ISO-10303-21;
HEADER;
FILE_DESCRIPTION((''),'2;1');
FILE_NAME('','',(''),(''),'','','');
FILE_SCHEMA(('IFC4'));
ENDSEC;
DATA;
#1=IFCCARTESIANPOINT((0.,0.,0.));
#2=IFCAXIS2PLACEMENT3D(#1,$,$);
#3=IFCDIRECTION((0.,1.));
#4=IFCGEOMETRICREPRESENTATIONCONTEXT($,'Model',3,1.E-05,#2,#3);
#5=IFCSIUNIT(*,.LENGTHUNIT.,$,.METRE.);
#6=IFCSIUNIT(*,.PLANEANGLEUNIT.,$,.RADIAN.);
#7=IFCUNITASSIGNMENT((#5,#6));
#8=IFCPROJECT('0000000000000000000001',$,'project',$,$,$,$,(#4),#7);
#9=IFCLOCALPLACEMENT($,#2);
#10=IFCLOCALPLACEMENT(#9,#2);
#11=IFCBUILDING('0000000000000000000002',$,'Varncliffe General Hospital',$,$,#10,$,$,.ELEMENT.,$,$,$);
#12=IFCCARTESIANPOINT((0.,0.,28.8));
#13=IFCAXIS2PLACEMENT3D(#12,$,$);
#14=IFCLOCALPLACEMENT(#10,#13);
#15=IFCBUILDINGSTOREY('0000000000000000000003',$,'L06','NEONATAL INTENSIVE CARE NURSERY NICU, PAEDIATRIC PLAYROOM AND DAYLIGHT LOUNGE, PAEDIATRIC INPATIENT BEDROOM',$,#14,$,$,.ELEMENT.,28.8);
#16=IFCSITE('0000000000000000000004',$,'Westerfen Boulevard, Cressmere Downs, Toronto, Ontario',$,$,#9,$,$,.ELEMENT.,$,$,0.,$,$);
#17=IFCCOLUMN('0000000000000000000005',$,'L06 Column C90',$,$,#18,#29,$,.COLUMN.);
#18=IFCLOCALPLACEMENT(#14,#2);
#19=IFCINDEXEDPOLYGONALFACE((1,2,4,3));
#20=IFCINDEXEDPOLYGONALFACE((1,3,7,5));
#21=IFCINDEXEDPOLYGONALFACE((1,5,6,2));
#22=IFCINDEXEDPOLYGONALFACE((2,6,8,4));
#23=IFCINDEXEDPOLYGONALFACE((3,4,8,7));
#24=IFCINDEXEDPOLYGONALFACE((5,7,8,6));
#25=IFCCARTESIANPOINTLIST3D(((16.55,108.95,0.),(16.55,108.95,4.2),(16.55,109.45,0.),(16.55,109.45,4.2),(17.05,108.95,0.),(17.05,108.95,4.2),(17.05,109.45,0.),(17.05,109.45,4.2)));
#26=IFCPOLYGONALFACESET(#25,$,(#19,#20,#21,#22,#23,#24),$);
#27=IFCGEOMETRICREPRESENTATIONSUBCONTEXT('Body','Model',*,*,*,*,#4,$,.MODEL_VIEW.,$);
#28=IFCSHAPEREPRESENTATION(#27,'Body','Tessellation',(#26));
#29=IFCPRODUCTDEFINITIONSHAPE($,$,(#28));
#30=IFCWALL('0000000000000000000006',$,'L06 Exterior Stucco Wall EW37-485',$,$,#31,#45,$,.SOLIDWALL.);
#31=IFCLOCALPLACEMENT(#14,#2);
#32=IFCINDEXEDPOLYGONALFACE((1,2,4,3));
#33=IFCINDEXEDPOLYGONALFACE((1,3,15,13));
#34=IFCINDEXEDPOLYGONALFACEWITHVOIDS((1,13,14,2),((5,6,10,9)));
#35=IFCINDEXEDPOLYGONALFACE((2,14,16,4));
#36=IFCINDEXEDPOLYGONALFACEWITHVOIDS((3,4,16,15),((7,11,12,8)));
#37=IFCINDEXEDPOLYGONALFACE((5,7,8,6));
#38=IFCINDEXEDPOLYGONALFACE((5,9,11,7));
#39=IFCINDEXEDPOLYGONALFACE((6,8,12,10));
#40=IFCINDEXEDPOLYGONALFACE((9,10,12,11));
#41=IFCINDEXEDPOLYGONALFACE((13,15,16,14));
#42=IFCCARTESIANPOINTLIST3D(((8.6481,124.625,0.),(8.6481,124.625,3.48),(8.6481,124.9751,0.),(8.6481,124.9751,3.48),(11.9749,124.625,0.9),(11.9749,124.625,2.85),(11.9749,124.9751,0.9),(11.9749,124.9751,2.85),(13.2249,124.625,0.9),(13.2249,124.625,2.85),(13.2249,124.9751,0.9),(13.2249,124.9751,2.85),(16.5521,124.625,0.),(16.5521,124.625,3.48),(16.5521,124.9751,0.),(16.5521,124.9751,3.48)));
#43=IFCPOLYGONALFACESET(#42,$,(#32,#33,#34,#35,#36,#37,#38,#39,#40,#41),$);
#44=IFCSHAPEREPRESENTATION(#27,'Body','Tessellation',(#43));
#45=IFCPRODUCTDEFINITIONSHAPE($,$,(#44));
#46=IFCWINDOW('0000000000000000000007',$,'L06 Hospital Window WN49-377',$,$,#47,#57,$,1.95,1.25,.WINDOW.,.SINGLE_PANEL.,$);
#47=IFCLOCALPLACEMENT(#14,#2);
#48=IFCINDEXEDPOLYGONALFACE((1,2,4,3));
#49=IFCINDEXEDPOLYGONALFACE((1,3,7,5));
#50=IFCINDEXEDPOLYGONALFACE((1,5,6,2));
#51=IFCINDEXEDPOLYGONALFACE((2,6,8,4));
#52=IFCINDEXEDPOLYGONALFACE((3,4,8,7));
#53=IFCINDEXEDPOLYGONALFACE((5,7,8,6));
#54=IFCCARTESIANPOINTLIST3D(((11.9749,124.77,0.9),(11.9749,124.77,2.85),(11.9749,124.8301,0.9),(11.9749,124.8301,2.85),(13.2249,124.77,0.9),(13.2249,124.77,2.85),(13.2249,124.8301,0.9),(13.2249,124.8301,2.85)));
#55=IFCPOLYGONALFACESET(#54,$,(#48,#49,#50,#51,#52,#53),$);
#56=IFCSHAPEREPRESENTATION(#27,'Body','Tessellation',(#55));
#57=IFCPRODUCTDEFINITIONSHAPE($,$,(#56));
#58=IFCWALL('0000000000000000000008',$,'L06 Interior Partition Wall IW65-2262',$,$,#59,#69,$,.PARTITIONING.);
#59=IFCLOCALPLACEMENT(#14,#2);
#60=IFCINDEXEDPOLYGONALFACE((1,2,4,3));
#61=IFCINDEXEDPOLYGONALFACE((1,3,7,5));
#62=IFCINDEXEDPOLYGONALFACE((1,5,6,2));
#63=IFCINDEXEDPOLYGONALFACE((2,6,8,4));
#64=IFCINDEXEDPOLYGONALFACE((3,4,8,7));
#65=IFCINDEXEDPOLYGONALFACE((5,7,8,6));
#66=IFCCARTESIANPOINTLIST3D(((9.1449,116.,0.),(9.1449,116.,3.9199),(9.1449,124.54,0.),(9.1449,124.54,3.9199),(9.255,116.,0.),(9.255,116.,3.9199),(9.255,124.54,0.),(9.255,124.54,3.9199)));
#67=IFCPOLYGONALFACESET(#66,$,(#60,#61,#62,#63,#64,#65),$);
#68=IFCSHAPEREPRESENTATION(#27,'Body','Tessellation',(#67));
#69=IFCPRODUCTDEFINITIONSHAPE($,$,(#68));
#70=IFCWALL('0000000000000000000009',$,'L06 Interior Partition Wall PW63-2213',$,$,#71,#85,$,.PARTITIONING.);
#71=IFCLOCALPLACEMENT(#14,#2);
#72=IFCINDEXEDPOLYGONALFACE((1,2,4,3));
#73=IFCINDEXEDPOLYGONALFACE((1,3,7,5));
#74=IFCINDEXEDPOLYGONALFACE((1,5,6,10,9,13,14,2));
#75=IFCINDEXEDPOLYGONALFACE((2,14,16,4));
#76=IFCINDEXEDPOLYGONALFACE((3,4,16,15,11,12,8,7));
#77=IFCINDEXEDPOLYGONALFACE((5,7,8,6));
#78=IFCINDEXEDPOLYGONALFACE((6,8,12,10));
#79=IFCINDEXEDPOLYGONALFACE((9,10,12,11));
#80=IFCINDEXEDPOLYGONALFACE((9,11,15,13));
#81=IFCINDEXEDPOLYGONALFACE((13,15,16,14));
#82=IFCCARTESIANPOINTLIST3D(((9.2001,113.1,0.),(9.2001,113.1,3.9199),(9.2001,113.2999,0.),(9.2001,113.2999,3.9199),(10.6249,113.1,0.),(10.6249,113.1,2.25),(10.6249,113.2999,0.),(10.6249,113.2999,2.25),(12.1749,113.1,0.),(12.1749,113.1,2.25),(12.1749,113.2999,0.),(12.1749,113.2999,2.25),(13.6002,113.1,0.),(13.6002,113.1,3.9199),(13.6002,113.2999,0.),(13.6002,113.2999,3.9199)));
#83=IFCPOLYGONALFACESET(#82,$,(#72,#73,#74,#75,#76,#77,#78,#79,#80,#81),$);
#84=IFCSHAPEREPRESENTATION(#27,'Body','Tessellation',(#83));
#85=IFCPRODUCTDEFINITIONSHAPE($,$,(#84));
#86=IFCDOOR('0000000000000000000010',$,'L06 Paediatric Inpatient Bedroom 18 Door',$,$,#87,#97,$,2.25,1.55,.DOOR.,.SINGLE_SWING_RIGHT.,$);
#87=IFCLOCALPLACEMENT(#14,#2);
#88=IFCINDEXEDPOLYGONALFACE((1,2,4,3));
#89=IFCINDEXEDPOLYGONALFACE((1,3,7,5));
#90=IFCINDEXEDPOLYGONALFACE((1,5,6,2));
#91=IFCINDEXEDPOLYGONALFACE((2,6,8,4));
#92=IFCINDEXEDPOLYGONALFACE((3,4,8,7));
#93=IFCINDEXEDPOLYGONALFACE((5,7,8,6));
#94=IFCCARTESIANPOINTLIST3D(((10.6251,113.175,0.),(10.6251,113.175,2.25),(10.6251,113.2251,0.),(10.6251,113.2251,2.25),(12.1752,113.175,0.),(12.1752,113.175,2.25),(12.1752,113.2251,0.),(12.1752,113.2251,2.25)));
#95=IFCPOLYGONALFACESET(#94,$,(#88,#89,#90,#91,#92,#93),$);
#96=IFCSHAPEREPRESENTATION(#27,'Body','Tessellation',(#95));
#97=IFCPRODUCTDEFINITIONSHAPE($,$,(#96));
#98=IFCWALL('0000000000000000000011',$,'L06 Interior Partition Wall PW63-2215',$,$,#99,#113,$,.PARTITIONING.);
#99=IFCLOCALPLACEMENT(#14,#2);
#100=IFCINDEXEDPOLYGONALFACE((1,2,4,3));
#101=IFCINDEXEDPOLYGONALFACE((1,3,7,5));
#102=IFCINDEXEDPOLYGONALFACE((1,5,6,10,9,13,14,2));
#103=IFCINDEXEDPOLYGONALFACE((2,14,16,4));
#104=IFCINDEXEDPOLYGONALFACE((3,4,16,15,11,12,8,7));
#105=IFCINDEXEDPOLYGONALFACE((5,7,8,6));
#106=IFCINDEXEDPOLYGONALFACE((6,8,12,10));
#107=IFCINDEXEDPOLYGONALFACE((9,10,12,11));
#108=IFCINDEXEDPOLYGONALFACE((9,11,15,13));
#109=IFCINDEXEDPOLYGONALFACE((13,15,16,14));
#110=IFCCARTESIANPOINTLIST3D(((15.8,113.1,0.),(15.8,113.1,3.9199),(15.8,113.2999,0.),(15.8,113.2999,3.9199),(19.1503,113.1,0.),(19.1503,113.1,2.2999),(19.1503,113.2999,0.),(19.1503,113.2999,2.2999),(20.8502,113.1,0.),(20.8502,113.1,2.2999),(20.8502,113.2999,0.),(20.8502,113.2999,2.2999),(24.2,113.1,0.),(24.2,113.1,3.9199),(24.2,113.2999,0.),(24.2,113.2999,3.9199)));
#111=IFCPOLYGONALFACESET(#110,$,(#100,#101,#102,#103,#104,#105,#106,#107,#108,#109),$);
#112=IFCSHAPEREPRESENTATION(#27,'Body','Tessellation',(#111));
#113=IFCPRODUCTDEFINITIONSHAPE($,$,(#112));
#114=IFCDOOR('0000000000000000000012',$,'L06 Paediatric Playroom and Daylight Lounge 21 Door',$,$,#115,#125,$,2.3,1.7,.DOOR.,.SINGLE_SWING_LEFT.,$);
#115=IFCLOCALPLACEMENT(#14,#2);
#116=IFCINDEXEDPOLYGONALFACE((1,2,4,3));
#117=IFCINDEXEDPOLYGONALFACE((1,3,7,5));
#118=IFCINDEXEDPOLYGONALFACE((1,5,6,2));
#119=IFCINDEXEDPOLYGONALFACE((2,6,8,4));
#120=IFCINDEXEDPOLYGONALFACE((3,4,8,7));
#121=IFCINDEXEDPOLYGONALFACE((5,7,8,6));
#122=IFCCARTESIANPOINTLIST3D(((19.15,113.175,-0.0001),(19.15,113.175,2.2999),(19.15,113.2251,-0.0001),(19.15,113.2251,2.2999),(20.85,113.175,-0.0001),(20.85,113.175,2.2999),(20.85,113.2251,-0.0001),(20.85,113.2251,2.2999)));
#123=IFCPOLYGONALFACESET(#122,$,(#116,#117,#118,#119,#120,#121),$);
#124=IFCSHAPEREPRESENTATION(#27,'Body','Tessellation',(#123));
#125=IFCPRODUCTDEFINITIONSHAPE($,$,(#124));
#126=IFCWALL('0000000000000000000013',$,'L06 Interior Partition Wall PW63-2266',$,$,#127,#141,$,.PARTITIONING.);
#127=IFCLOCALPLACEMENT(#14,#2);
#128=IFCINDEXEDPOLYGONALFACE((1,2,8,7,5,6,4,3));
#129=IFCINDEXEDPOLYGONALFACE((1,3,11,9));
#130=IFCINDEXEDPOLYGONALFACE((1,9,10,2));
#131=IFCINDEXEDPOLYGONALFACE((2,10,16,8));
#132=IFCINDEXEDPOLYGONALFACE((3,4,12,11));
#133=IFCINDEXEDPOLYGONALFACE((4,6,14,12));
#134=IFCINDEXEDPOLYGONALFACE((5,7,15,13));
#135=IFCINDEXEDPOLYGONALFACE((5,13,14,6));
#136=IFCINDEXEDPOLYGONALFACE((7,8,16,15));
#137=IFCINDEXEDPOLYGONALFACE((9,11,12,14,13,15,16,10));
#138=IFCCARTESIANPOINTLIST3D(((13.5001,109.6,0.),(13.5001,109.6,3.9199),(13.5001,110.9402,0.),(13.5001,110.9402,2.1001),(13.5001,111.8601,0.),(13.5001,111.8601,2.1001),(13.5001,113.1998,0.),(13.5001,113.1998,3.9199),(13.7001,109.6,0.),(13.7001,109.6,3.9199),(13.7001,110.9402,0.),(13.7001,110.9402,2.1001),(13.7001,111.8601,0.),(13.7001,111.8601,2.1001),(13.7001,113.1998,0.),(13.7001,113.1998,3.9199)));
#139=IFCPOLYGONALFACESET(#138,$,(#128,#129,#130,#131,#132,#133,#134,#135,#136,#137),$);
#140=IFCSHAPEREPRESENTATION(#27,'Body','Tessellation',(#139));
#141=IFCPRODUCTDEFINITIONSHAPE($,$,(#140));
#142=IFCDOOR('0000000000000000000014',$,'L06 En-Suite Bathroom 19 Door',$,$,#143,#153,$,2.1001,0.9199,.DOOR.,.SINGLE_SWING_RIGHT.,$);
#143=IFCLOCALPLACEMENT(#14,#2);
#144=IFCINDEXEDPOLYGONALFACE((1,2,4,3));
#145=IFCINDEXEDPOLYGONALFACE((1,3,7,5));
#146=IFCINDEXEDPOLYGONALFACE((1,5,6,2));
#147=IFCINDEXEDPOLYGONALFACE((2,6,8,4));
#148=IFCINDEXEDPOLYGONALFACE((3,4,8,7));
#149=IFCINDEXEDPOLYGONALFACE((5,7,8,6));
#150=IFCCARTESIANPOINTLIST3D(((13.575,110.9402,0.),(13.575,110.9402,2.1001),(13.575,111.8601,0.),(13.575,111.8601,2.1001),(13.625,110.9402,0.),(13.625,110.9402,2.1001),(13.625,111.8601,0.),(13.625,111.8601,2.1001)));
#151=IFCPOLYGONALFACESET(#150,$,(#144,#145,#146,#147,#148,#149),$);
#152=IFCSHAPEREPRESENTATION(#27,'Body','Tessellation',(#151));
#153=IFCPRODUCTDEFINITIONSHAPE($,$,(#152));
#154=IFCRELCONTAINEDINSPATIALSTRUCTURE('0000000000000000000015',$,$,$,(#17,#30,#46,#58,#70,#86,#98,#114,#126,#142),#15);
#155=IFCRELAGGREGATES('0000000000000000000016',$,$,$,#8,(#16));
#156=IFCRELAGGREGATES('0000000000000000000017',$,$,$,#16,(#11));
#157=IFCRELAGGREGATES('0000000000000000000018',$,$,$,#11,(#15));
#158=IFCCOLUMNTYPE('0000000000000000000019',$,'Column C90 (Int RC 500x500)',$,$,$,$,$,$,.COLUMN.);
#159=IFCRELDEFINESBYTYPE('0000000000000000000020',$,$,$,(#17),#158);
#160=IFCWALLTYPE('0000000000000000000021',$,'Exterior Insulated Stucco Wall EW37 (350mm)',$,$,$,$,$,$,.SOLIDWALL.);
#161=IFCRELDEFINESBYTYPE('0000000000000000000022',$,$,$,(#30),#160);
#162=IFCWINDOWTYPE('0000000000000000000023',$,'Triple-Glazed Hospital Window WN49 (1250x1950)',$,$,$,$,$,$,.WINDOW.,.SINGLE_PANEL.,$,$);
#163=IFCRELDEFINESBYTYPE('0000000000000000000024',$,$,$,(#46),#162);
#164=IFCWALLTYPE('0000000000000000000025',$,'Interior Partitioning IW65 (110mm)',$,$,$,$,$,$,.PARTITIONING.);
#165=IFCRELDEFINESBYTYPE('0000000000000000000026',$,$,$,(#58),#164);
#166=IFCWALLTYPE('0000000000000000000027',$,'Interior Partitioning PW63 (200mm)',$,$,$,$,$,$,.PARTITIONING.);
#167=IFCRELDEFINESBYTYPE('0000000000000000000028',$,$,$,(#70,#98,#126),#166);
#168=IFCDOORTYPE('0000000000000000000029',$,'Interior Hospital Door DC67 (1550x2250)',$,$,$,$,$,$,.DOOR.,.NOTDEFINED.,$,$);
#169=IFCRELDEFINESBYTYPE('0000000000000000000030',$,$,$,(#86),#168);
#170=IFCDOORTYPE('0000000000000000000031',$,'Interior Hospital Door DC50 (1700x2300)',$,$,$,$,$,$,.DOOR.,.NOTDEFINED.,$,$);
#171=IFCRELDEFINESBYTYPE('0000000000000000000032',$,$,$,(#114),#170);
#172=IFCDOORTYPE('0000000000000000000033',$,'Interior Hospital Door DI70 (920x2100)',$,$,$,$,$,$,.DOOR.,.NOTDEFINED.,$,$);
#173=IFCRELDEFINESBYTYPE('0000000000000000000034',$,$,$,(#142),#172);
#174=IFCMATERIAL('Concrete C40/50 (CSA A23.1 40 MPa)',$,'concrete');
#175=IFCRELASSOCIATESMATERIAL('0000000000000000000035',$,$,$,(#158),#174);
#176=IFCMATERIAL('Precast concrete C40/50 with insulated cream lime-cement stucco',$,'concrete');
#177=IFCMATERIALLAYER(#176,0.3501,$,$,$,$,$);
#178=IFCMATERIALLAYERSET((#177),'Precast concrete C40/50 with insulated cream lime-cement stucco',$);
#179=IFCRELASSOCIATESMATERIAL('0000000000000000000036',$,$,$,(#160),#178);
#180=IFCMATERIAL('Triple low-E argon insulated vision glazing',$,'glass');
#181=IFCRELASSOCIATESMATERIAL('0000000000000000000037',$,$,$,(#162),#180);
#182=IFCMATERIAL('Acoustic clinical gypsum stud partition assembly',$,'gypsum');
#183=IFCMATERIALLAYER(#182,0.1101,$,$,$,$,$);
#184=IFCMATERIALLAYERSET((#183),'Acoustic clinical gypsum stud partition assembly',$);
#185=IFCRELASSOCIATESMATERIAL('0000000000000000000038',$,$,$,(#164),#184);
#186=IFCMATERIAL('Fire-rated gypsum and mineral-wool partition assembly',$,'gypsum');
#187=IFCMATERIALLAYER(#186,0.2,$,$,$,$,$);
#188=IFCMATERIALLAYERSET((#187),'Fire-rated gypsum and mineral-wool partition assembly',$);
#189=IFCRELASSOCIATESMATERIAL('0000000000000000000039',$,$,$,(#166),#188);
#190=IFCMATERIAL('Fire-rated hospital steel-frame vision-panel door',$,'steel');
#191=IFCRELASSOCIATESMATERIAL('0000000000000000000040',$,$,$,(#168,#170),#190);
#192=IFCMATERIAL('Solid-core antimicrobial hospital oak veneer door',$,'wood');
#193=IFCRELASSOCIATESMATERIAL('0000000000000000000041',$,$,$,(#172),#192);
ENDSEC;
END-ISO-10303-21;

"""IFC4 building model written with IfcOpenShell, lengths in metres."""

from ifc_helpers import new_model, si_unit, direction, frame, frame_2d, origin, origin_2d, place, context, subcontext, project, spatial, rectangle, extrude, material, layer, layer_set, material_profile, profile_set, type_object, element, fill, save


model = new_model("IFC4")

# Units and contexts
model_context = context("Model", 3, precision=1e-05, world=origin(), true_north=direction((0.0, 1.0)))
body_context = subcontext(model_context, "Body", "Model", "MODEL_VIEW")
ifc_project = project(units=[si_unit("LENGTHUNIT", "METRE"), si_unit("PLANEANGLEUNIT", "RADIAN")], contexts=[model_context])

# Site, building, storey
site_placement = place(None, origin())
site = spatial("IfcSite", under=ifc_project, at=site_placement, Name="Westerfen Boulevard, Cressmere Downs, Toronto, Ontario", CompositionType="ELEMENT", RefElevation=0.0)
building_placement = place(site_placement, origin())
building = spatial("IfcBuilding", under=site, at=building_placement, Name="Varncliffe General Hospital", CompositionType="ELEMENT")
storey_placement = place(building_placement, frame((0.0, 0.0, 28.8)))
storey = spatial("IfcBuildingStorey", under=building, at=storey_placement, Name="L06", Description="NEONATAL INTENSIVE CARE NURSERY NICU, PAEDIATRIC PLAYROOM AND DAYLIGHT LOUNGE, PAEDIATRIC INPATIENT BEDROOM", CompositionType="ELEMENT", Elevation=28.8)

# Column
ifc_material_1 = material(Name="Concrete C40/50 (CSA A23.1 40 MPa)", Category="concrete")
ifc_material_profile = material_profile(ifc_material_1, rectangle(XDim=0.5, YDim=0.5, at=origin_2d()), Name="RC 500x500")
ifc_profile_set = profile_set([ifc_material_profile], Name="Concrete C40/50 (CSA A23.1 40 MPa)")
column_type = type_object("IfcColumnType", Name="Column C90 (Int RC 500x500)", PredefinedType="COLUMN", material=ifc_profile_set)
column_placement = place(storey_placement, frame((16.8, 109.2, 0.0), z_axis=(0.0, 0.0, 1.0), x_axis=(1.0, 0.0, 0.0)))
element("IfcColumn", 1, at=column_placement, inside=storey, type_object=column_type, Name="L06 Column C90", PredefinedType="COLUMN", context=body_context, shape_type="SweptSolid", body=[
    extrude(rectangle(XDim=0.5, YDim=0.5, at=origin_2d()), origin(), (0.0, 0.0, 1.0), 4.2),
])

# Wall, opening, window
ifc_material_2 = material(Name="Precast concrete C40/50 with insulated cream lime-cement stucco", Category="concrete")
ifc_layer_1 = layer(ifc_material_2, 0.3501)
ifc_layer_set_1 = layer_set([ifc_layer_1], Name="Precast concrete C40/50 with insulated cream lime-cement stucco")
wall_type_1 = type_object("IfcWallType", Name="Exterior Insulated Stucco Wall EW37 (350mm)", PredefinedType="SOLIDWALL", material=ifc_layer_set_1)
wall_1_placement = place(storey_placement, frame((8.6479, 124.8, 0.0), z_axis=(0.0, 0.0, 1.0), x_axis=(1.0, 0.0, 0.0)))
wall_1 = element("IfcWall", 2, at=wall_1_placement, inside=storey, type_object=wall_type_1, Name="L06 Exterior Stucco Wall EW37-485", PredefinedType="SOLIDWALL", context=body_context, shape_type="SweptSolid", body=[
    extrude(rectangle(XDim=7.9041, YDim=0.3501, at=frame_2d((3.9521, 0.0))), origin(), (0.0, 0.0, 1.0), 3.48),
])
opening_1_placement = place(wall_1_placement, frame((3.3269, 0.0, 0.8999)))
opening_1 = element("IfcOpeningElement", 3, at=opening_1_placement, cuts=wall_1, PredefinedType="OPENING", context=body_context, shape_type="SweptSolid", body=[
    extrude(rectangle(XDim=1.25, YDim=1.95, at=frame_2d((0.625, 0.9751))), frame((0.0, 0.1851, 0.0), z_axis=(0.0, -1.0, 0.0), x_axis=(1.0, 0.0, 0.0)), (0.0, 0.0, 1.0), 0.3701),
])
ifc_material_3 = material(Name="Triple low-E argon insulated vision glazing", Category="glass")
window_type = type_object("IfcWindowType", Name="Triple-Glazed Hospital Window WN49 (1250x1950)", PartitioningType="SINGLE_PANEL", PredefinedType="WINDOW", material=ifc_material_3)
window_placement = place(opening_1_placement, origin())
window = element("IfcWindow", 4, at=window_placement, inside=storey, type_object=window_type, Name="L06 Hospital Window WN49-377", OverallHeight=1.95, OverallWidth=1.25, PartitioningType="SINGLE_PANEL", PredefinedType="WINDOW", context=body_context, shape_type="SweptSolid", body=[
    extrude(rectangle(XDim=1.25, YDim=1.95, at=frame_2d((0.625, 0.9751))), frame((0.0, 0.03, 0.0), z_axis=(0.0, -1.0, 0.0), x_axis=(1.0, 0.0, 0.0)), (0.0, 0.0, 1.0), 0.0601),
])
fill(opening_1, window)

# Wall
ifc_material_4 = material(Name="Acoustic clinical gypsum stud partition assembly", Category="gypsum")
ifc_layer_2 = layer(ifc_material_4, 0.1101)
ifc_layer_set_2 = layer_set([ifc_layer_2], Name="Acoustic clinical gypsum stud partition assembly")
wall_type_2 = type_object("IfcWallType", Name="Interior Partitioning IW65 (110mm)", PredefinedType="PARTITIONING", material=ifc_layer_set_2)
wall_2_placement = place(storey_placement, frame((9.2, 116.0, 0.0), z_axis=(0.0, 0.0, 1.0), x_axis=(0.0, 1.0, 0.0)))
element("IfcWall", 5, at=wall_2_placement, inside=storey, type_object=wall_type_2, Name="L06 Interior Partition Wall IW65-2262", PredefinedType="PARTITIONING", context=body_context, shape_type="SweptSolid", body=[
    extrude(rectangle(XDim=8.54, YDim=0.1101, at=frame_2d((4.27, 0.0))), origin(), (0.0, 0.0, 1.0), 3.9199),
])

# Walls, openings, doors
ifc_material_5 = material(Name="Fire-rated gypsum and mineral-wool partition assembly", Category="gypsum")
ifc_layer_3 = layer(ifc_material_5, 0.2)
ifc_layer_set_3 = layer_set([ifc_layer_3], Name="Fire-rated gypsum and mineral-wool partition assembly")
wall_type_3 = type_object("IfcWallType", Name="Interior Partitioning PW63 (200mm)", PredefinedType="PARTITIONING", material=ifc_layer_set_3)
wall_3_placement = place(storey_placement, frame((9.2, 113.2, 0.0), z_axis=(0.0, 0.0, 1.0), x_axis=(1.0, 0.0, 0.0)))
wall_3 = element("IfcWall", 6, at=wall_3_placement, inside=storey, type_object=wall_type_3, Name="L06 Interior Partition Wall PW63-2213", PredefinedType="PARTITIONING", context=body_context, shape_type="SweptSolid", body=[
    extrude(rectangle(XDim=4.4001, YDim=0.2, at=frame_2d((2.2002, 0.0))), origin(), (0.0, 0.0, 1.0), 3.9199),
])
opening_2_placement = place(wall_3_placement, frame((1.425, 0.0, 0.0)))
opening_2 = element("IfcOpeningElement", 7, at=opening_2_placement, cuts=wall_3, PredefinedType="OPENING", context=body_context, shape_type="SweptSolid", body=[
    extrude(rectangle(XDim=1.55, YDim=2.25, at=frame_2d((0.7749, 1.125))), frame((0.0, 0.1099, 0.0), z_axis=(0.0, -1.0, 0.0), x_axis=(1.0, 0.0, 0.0)), (0.0, 0.0, 1.0), 0.22),
])
ifc_material_6 = material(Name="Fire-rated hospital steel-frame vision-panel door", Category="steel")
door_type_1 = type_object("IfcDoorType", Name="Interior Hospital Door DC67 (1550x2250)", OperationType="NOTDEFINED", PredefinedType="DOOR", material=ifc_material_6)
door_1_placement = place(opening_2_placement, frame((1.55, 0.0, 0.0), z_axis=(0.0, 0.0, 1.0), x_axis=(-1.0, 0.0, 0.0)))
door_1 = element("IfcDoor", 8, at=door_1_placement, inside=storey, type_object=door_type_1, Name="L06 Paediatric Inpatient Bedroom 18 Door", OperationType="SINGLE_SWING_RIGHT", OverallHeight=2.25, OverallWidth=1.55, PredefinedType="DOOR", context=body_context, shape_type="SweptSolid", body=[
    extrude(rectangle(XDim=1.55, YDim=2.25, at=frame_2d((0.7749, 1.125))), frame((0.0, 0.0249, 0.0), z_axis=(0.0, -1.0, 0.0), x_axis=(1.0, 0.0, 0.0)), (0.0, 0.0, 1.0), 0.05),
])
fill(opening_2, door_1)
wall_4_placement = place(storey_placement, frame((15.8, 113.2, 0.0), z_axis=(0.0, 0.0, 1.0), x_axis=(1.0, 0.0, 0.0)))
wall_4 = element("IfcWall", 9, at=wall_4_placement, inside=storey, type_object=wall_type_3, Name="L06 Interior Partition Wall PW63-2215", PredefinedType="PARTITIONING", context=body_context, shape_type="SweptSolid", body=[
    extrude(rectangle(XDim=8.3999, YDim=0.2, at=frame_2d((4.2, 0.0))), origin(), (0.0, 0.0, 1.0), 3.9199),
])
opening_3_placement = place(wall_4_placement, frame((3.3501, 0.0, 0.0)))
opening_3 = element("IfcOpeningElement", 10, at=opening_3_placement, cuts=wall_4, PredefinedType="OPENING", context=body_context, shape_type="SweptSolid", body=[
    extrude(rectangle(XDim=1.7, YDim=2.3, at=frame_2d((0.8501, 1.1499))), frame((0.0, 0.1099, 0.0), z_axis=(0.0, -1.0, 0.0), x_axis=(1.0, 0.0, 0.0)), (0.0, 0.0, 1.0), 0.22),
])
door_type_2 = type_object("IfcDoorType", Name="Interior Hospital Door DC50 (1700x2300)", OperationType="NOTDEFINED", PredefinedType="DOOR", material=ifc_material_6)
door_2_placement = place(opening_3_placement, frame((1.7, 0.0, 0.0), z_axis=(0.0, 0.0, 1.0), x_axis=(-1.0, 0.0, 0.0)))
door_2 = element("IfcDoor", 11, at=door_2_placement, inside=storey, type_object=door_type_2, Name="L06 Paediatric Playroom and Daylight Lounge 21 Door", OperationType="SINGLE_SWING_LEFT", OverallHeight=2.3, OverallWidth=1.7, PredefinedType="DOOR", context=body_context, shape_type="SweptSolid", body=[
    extrude(rectangle(XDim=1.7, YDim=2.3, at=frame_2d((0.8501, 1.1499))), frame((0.0, 0.0249, 0.0), z_axis=(0.0, -1.0, 0.0), x_axis=(1.0, 0.0, 0.0)), (0.0, 0.0, 1.0), 0.05),
])
fill(opening_3, door_2)
wall_5_placement = place(storey_placement, frame((13.6001, 109.6001, 0.0), z_axis=(0.0, 0.0, 1.0), x_axis=(0.0, 1.0, 0.0)))
wall_5 = element("IfcWall", 12, at=wall_5_placement, inside=storey, type_object=wall_type_3, Name="L06 Interior Partition Wall PW63-2266", PredefinedType="PARTITIONING", context=body_context, shape_type="SweptSolid", body=[
    extrude(rectangle(XDim=3.5999, YDim=0.2, at=frame_2d((1.7998, 0.0))), origin(), (0.0, 0.0, 1.0), 3.9199),
])
opening_4_placement = place(wall_5_placement, frame((1.3401, 0.0, 0.0)))
opening_4 = element("IfcOpeningElement", 13, at=opening_4_placement, cuts=wall_5, PredefinedType="OPENING", context=body_context, shape_type="SweptSolid", body=[
    extrude(rectangle(XDim=0.9199, YDim=2.1001, at=frame_2d((0.46, 1.05))), frame((0.0, 0.1099, 0.0), z_axis=(0.0, -1.0, 0.0), x_axis=(1.0, 0.0, 0.0)), (0.0, 0.0, 1.0), 0.22),
])
ifc_material_7 = material(Name="Solid-core antimicrobial hospital oak veneer door", Category="wood")
door_type_3 = type_object("IfcDoorType", Name="Interior Hospital Door DI70 (920x2100)", OperationType="NOTDEFINED", PredefinedType="DOOR", material=ifc_material_7)
door_3_placement = place(opening_4_placement, frame((0.9199, 0.0, 0.0), z_axis=(0.0, 0.0, 1.0), x_axis=(-1.0, 0.0, 0.0)))
door_3 = element("IfcDoor", 14, at=door_3_placement, inside=storey, type_object=door_type_3, Name="L06 En-Suite Bathroom 19 Door", OperationType="SINGLE_SWING_RIGHT", OverallHeight=2.1001, OverallWidth=0.9199, PredefinedType="DOOR", context=body_context, shape_type="SweptSolid", body=[
    extrude(rectangle(XDim=0.9199, YDim=2.1001, at=frame_2d((0.46, 1.05))), frame((0.0, 0.0249, 0.0), z_axis=(0.0, -1.0, 0.0), x_axis=(1.0, 0.0, 0.0)), (0.0, 0.0, 1.0), 0.05),
])
fill(opening_4, door_3)

save(model, "model.ifc")
